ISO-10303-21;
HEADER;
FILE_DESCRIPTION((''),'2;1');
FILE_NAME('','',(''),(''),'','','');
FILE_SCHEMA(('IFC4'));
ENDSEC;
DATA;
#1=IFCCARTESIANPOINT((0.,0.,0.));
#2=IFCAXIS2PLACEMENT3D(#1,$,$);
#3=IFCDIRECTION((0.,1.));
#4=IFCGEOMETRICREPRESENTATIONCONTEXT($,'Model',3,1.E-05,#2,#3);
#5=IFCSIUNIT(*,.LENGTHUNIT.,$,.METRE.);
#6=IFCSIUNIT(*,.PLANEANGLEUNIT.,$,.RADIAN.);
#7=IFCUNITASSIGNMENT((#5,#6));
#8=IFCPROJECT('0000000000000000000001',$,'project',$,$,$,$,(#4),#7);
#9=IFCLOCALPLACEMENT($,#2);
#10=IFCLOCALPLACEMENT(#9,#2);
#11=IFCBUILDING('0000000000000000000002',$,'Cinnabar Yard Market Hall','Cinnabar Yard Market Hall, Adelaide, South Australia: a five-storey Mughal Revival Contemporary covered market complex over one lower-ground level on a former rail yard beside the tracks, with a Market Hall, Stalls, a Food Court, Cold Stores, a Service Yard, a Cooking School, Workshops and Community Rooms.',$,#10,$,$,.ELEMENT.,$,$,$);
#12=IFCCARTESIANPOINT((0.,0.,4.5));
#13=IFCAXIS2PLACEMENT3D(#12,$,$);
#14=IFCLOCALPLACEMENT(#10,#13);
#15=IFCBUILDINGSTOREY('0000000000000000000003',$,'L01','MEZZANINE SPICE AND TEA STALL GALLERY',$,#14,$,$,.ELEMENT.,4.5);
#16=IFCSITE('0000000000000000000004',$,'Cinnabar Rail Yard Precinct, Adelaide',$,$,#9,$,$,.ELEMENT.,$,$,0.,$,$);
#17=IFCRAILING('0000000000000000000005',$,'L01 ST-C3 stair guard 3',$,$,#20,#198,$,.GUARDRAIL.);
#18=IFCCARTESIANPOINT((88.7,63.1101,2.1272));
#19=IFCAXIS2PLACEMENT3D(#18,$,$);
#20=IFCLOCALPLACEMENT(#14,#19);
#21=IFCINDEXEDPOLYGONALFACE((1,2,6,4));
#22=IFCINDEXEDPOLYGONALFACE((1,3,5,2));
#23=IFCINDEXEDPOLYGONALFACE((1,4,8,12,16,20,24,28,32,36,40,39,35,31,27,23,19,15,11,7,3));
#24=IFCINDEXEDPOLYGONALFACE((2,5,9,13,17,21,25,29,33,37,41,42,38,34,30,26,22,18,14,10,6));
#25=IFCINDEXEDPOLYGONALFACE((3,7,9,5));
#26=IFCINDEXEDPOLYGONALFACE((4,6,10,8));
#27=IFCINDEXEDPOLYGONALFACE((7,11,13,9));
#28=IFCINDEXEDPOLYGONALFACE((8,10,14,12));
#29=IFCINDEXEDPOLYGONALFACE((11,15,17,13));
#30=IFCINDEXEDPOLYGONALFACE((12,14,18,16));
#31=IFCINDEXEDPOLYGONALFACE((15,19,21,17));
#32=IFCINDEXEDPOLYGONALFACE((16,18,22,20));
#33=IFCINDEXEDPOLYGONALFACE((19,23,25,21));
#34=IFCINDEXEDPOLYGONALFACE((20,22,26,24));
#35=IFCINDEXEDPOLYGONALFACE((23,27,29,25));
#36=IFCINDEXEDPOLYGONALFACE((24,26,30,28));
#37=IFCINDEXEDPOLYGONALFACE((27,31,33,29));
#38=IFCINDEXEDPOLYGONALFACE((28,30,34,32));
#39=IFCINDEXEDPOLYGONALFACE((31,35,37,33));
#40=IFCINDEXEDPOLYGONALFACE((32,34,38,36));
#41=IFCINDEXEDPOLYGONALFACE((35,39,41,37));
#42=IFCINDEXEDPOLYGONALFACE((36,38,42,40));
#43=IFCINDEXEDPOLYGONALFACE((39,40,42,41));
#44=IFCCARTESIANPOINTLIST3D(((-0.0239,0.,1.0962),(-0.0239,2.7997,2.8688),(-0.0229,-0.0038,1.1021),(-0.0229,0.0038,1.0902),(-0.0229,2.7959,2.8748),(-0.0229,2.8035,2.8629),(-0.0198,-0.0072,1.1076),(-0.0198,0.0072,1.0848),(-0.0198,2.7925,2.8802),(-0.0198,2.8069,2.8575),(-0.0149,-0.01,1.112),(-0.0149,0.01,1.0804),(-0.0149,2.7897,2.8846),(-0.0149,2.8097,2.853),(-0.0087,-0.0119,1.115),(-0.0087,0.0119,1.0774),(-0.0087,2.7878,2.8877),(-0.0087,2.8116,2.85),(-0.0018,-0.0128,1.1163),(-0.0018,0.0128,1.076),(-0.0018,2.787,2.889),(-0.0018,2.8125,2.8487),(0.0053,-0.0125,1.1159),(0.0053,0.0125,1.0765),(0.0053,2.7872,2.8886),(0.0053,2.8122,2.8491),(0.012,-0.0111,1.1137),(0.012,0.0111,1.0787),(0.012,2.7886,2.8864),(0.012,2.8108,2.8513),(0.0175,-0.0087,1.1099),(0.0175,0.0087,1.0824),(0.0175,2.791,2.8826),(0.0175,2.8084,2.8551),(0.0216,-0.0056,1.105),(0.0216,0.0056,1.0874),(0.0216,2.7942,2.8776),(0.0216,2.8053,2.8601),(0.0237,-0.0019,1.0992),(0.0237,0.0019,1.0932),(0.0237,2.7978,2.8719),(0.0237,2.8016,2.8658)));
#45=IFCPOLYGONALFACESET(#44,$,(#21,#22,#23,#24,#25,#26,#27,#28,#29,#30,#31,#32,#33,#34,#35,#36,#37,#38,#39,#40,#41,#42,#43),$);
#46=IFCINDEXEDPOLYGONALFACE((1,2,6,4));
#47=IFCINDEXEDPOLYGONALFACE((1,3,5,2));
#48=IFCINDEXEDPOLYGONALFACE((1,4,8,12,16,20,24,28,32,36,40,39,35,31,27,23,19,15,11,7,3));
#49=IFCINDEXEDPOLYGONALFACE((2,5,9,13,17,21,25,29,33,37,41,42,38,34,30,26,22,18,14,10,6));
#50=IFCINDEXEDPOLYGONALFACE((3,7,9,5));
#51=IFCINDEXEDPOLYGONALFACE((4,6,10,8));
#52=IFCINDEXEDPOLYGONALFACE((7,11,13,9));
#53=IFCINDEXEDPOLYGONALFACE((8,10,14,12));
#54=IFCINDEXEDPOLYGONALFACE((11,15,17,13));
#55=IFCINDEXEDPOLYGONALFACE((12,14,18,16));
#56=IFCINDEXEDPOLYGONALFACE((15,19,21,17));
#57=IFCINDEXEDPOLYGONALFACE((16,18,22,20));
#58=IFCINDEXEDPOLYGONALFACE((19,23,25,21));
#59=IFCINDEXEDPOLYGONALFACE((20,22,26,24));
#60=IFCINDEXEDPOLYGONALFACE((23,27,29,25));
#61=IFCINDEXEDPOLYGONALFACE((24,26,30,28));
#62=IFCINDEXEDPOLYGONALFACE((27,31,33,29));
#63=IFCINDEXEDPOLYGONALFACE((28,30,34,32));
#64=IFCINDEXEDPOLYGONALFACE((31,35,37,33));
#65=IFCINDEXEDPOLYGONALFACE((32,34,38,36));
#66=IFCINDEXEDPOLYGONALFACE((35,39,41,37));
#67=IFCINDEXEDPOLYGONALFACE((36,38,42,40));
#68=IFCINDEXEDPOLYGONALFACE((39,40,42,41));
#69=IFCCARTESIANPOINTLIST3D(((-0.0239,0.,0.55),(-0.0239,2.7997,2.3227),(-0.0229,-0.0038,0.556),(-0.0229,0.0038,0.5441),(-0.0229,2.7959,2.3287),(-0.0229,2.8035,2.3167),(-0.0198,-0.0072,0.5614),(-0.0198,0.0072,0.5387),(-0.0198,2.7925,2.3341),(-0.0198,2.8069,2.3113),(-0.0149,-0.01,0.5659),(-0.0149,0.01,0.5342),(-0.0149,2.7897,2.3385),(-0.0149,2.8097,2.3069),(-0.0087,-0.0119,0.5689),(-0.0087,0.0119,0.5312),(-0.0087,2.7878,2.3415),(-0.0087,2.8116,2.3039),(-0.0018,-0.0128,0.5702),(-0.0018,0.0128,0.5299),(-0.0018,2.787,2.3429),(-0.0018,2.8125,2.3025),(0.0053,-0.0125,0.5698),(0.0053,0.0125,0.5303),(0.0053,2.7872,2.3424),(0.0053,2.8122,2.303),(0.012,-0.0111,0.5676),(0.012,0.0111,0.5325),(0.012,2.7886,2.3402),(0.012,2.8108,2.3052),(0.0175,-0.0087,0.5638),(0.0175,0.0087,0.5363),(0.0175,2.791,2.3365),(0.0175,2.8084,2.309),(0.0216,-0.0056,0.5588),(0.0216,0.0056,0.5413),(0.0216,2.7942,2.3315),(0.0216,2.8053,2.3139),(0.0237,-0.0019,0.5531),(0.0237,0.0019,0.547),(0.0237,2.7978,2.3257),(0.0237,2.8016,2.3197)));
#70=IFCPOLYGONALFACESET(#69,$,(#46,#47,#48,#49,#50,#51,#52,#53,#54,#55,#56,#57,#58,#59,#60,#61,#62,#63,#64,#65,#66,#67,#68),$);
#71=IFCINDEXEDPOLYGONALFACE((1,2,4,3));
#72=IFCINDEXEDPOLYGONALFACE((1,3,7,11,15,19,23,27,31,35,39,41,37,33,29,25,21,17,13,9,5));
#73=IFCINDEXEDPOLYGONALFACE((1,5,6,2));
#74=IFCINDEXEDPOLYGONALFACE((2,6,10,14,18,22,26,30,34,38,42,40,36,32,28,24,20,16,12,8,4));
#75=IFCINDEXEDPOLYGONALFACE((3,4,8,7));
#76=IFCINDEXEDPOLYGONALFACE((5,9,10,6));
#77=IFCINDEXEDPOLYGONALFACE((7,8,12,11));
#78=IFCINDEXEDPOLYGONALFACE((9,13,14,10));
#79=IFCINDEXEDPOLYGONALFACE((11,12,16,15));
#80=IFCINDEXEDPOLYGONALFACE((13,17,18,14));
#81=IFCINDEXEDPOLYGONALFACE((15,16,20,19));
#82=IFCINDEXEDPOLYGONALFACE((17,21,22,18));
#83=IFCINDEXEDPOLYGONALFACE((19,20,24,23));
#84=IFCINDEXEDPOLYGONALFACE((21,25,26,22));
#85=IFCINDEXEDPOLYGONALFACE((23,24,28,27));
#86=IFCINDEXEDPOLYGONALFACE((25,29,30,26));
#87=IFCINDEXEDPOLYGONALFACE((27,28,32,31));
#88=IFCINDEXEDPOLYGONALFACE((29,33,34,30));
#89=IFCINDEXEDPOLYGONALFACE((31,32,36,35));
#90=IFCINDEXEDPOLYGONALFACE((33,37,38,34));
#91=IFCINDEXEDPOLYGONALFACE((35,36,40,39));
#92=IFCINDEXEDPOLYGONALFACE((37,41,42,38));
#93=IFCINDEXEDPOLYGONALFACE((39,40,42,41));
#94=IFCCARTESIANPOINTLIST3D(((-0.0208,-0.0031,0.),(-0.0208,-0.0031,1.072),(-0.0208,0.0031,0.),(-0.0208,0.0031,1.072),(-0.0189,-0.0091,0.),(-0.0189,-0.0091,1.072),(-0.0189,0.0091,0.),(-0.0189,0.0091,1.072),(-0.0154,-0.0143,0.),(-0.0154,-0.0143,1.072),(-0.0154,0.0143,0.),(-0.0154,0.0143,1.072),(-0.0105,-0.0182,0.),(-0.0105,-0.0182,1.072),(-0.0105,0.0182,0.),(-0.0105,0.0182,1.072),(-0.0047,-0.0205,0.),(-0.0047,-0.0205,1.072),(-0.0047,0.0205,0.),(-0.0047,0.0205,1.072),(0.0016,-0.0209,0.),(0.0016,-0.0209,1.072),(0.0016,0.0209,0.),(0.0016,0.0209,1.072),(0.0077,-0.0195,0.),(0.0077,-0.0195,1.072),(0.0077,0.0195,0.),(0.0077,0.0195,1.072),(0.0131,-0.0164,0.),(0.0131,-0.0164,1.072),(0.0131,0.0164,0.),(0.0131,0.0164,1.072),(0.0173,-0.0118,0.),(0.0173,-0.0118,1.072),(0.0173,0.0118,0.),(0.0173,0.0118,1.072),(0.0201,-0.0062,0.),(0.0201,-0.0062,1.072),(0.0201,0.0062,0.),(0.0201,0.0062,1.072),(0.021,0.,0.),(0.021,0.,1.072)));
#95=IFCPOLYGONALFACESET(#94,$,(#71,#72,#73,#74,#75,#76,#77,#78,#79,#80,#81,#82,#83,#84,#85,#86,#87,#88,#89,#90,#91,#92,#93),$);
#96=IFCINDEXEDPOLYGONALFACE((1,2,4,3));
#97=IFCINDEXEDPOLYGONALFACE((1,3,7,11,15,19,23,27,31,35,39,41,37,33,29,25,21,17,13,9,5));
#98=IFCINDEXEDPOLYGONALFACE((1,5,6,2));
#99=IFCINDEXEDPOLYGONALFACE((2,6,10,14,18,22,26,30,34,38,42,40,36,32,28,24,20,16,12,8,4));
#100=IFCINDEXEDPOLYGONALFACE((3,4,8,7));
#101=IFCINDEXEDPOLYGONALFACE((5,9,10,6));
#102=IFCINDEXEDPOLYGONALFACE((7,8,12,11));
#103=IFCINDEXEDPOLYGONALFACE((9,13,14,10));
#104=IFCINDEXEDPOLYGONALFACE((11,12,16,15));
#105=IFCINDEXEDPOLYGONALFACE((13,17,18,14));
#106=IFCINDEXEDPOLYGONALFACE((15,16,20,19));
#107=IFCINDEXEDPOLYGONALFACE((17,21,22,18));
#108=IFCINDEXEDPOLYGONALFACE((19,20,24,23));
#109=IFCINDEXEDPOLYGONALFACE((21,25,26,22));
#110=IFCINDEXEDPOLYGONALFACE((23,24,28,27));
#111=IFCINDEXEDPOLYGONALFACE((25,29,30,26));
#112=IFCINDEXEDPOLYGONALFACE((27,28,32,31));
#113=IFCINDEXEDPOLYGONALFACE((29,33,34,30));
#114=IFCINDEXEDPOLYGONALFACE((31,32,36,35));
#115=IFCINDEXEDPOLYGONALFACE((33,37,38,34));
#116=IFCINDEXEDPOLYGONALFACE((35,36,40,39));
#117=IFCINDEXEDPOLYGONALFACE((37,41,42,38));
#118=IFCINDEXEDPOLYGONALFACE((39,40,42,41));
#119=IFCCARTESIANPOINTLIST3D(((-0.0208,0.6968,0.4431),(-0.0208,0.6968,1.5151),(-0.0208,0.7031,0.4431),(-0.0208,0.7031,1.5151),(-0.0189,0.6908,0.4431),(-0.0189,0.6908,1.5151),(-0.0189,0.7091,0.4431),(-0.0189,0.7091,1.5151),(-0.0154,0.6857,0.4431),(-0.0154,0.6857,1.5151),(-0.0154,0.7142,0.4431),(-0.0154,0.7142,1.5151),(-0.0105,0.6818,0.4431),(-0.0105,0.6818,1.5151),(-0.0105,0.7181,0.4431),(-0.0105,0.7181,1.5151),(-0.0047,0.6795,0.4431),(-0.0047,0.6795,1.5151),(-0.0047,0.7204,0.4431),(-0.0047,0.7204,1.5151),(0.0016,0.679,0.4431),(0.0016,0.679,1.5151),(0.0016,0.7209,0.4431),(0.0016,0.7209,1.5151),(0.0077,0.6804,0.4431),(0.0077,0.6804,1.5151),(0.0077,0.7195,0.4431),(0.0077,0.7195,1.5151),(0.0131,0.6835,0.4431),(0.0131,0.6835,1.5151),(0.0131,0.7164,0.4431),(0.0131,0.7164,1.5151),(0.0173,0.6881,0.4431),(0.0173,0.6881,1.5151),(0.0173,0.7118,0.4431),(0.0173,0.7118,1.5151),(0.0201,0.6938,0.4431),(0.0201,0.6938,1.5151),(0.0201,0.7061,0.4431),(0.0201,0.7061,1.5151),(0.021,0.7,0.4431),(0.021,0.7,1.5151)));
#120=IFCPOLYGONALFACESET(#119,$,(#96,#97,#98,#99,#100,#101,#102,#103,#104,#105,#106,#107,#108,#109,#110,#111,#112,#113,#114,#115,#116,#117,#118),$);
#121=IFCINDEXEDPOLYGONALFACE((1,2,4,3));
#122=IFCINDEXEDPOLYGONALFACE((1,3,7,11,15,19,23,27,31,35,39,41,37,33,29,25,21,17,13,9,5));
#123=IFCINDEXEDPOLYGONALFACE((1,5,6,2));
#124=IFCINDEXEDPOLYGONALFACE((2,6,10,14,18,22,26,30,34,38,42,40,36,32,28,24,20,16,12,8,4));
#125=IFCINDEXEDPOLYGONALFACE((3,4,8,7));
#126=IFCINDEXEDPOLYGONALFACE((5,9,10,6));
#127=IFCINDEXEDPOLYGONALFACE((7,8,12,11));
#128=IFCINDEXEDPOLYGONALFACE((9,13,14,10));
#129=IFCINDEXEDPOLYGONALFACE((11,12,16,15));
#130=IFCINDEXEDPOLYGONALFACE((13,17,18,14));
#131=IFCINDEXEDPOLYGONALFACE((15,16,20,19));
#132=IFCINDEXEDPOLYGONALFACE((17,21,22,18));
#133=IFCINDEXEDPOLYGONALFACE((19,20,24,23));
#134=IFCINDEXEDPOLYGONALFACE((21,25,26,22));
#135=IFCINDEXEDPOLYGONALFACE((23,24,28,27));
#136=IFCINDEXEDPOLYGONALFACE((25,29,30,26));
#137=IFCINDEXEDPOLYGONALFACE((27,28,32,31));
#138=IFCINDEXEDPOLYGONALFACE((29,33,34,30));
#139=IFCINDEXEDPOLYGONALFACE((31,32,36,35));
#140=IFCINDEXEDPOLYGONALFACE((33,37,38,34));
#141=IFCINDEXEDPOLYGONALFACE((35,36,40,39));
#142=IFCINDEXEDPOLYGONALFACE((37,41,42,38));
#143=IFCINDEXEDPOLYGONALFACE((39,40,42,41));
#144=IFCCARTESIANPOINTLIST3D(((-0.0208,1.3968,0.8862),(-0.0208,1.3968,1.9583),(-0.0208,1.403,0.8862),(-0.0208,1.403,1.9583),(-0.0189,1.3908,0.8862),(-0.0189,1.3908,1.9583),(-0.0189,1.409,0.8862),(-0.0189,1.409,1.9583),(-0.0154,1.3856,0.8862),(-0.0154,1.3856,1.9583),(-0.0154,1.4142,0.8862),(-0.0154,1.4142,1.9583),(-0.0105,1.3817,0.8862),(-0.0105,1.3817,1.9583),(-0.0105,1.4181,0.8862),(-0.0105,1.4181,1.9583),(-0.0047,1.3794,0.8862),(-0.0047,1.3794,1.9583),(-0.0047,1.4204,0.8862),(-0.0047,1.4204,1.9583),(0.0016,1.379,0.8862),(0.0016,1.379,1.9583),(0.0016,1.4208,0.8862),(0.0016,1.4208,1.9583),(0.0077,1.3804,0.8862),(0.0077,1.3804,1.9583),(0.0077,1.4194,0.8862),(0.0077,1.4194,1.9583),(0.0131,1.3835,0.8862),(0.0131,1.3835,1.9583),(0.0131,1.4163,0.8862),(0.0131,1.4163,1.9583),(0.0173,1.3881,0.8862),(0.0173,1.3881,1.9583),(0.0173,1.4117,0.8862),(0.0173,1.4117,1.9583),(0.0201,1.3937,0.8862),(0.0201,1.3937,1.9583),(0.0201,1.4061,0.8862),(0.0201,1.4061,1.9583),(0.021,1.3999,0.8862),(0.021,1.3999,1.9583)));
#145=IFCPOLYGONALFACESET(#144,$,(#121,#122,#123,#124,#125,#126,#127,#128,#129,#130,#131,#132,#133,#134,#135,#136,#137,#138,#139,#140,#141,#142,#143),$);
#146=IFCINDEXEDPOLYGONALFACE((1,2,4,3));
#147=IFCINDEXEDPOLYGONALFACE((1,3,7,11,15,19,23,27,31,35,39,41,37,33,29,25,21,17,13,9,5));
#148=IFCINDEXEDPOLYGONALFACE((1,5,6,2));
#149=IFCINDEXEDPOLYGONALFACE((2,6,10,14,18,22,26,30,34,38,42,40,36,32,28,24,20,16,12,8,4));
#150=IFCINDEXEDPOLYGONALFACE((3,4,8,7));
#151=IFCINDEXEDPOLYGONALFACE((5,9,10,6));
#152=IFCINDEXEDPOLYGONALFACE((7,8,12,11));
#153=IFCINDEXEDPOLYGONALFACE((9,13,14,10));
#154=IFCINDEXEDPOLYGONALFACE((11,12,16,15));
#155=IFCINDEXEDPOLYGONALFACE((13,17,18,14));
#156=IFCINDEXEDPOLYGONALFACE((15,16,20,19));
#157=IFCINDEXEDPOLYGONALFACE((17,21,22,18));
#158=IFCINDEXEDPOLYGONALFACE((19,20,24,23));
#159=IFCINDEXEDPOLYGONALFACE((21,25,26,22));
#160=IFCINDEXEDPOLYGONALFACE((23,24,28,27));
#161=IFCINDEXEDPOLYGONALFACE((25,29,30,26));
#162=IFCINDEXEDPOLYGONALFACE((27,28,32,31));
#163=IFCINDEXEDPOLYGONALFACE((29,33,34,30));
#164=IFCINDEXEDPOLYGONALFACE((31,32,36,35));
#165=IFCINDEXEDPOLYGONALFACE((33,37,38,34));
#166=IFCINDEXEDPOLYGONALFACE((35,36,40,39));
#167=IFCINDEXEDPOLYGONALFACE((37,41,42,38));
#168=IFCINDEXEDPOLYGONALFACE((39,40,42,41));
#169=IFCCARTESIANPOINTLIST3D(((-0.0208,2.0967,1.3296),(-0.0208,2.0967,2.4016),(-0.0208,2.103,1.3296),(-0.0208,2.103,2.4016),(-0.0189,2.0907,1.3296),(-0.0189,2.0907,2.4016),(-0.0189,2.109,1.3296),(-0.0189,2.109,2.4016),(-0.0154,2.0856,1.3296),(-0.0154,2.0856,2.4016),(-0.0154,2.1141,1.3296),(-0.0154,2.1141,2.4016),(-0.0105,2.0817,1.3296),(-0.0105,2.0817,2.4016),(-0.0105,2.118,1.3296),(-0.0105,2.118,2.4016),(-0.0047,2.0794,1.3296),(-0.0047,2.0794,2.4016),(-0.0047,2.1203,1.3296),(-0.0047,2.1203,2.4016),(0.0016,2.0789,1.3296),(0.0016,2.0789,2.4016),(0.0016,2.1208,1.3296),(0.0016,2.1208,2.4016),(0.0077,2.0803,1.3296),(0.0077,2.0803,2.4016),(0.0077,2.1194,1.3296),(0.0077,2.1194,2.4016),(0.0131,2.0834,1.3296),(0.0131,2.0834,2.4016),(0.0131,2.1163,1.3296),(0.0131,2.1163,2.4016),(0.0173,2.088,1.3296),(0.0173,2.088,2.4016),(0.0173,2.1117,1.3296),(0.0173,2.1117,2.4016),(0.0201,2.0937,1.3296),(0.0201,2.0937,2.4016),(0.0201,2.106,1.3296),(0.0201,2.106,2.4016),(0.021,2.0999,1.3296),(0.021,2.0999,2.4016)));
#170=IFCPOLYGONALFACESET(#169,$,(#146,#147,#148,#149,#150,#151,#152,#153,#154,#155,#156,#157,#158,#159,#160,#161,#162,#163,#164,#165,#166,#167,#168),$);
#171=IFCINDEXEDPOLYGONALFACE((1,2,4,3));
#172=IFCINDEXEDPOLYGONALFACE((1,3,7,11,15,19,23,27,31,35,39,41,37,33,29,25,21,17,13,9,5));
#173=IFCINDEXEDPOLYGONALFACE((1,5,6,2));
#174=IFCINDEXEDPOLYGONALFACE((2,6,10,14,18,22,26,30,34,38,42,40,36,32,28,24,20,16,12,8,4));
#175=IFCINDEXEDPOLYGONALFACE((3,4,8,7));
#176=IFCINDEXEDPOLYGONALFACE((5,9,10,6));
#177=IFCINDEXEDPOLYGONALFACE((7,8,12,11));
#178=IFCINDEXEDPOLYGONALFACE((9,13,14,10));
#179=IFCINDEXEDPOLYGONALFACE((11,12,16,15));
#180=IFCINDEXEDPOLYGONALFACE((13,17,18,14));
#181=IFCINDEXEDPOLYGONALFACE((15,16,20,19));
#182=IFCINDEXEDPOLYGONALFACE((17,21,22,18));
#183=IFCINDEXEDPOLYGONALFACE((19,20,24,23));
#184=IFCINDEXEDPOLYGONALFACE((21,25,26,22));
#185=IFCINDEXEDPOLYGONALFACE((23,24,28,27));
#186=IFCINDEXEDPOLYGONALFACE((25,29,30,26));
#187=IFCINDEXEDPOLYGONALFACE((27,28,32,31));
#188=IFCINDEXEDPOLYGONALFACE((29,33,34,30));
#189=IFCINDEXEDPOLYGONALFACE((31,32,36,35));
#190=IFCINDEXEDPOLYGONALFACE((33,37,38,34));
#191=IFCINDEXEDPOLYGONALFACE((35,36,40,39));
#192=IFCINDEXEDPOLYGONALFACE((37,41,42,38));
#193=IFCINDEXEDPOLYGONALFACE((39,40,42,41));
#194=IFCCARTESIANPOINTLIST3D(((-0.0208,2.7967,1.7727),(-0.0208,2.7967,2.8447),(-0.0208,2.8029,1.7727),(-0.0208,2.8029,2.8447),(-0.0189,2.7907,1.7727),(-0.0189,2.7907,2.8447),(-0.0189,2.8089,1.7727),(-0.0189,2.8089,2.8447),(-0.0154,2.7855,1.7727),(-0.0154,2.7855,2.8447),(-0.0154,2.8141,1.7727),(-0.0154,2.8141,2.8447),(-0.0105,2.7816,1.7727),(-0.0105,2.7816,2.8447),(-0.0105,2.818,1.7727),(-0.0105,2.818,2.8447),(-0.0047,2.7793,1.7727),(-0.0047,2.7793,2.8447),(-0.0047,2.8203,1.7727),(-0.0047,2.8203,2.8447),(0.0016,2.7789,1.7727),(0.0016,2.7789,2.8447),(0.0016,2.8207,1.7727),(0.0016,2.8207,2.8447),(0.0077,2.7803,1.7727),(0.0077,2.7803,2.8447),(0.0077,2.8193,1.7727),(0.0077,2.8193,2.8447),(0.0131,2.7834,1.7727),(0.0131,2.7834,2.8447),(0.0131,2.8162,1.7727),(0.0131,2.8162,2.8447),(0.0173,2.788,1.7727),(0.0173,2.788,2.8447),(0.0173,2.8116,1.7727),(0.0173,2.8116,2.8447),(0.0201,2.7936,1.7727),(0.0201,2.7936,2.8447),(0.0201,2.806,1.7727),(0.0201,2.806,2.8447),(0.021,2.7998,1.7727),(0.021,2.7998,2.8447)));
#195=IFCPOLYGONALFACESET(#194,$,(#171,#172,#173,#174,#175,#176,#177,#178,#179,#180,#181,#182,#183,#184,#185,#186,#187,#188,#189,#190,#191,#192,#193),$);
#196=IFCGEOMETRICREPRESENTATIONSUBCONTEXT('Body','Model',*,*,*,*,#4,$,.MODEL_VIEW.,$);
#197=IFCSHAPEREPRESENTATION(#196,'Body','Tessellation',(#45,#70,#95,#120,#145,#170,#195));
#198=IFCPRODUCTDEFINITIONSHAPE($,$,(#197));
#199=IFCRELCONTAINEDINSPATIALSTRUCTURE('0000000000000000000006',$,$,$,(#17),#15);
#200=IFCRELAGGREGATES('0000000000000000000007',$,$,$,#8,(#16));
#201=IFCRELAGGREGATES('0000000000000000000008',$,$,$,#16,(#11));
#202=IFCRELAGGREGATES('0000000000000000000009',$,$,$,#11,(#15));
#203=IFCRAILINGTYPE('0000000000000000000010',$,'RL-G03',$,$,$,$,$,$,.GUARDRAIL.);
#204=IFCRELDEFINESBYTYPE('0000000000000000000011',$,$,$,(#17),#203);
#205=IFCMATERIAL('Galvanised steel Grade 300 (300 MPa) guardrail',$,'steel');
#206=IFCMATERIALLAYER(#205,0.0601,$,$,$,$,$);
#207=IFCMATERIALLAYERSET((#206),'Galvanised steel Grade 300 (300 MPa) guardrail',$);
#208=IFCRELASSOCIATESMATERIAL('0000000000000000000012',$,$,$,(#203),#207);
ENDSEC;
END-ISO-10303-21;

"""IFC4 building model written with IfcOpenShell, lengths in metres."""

from ifc_helpers import new_model, si_unit, direction, frame, origin, origin_2d_with_axis, place, context, subcontext, project, spatial, circle, extrude, material, layer, layer_set, type_object, element, save


model = new_model("IFC4")

# Units and contexts
model_context = context("Model", 3, precision=1e-05, world=origin(), true_north=direction((0.0, 1.0)))
body_context = subcontext(model_context, "Body", "Model", "MODEL_VIEW")
ifc_project = project(units=[si_unit("LENGTHUNIT", "METRE"), si_unit("PLANEANGLEUNIT", "RADIAN")], contexts=[model_context])

# Site, building, storey
site_placement = place(None, origin())
site = spatial("IfcSite", under=ifc_project, at=site_placement, Name="Cinnabar Rail Yard Precinct, Adelaide", CompositionType="ELEMENT", RefElevation=0.0)
building_placement = place(site_placement, origin())
building = spatial("IfcBuilding", under=site, at=building_placement, Name="Cinnabar Yard Market Hall", Description="Cinnabar Yard Market Hall, Adelaide, South Australia: a five-storey Mughal Revival Contemporary covered market complex over one lower-ground level on a former rail yard beside the tracks, with a Market Hall, Stalls, a Food Court, Cold Stores, a Service Yard, a Cooking School, Workshops and Community Rooms.", CompositionType="ELEMENT")
storey_placement = place(building_placement, frame((0.0, 0.0, 4.5)))
storey = spatial("IfcBuildingStorey", under=building, at=storey_placement, Name="L01", Description="MEZZANINE SPICE AND TEA STALL GALLERY", CompositionType="ELEMENT", Elevation=4.5)

# Railing
ifc_material_1 = material(Name="Galvanised steel Grade 300 (300 MPa) guardrail", Category="steel")
ifc_layer_1 = layer(ifc_material_1, 0.0601)
ifc_layer_set_1 = layer_set([ifc_layer_1], Name="Galvanised steel Grade 300 (300 MPa) guardrail")
railing_type_1 = type_object("IfcRailingType", Name="RL-G03", PredefinedType="GUARDRAIL", material=ifc_layer_set_1)
railing_1_placement = place(storey_placement, frame((88.7, 63.1101, 2.1272)))
element("IfcRailing", 1, at=railing_1_placement, inside=storey, type_object=railing_type_1, Name="L01 ST-C3 stair guard 3", PredefinedType="GUARDRAIL", context=body_context, shape_type="SweptSolid", body=[
    extrude(circle(Radius=0.0239, at=origin_2d_with_axis()), frame((0.0, 0.0, 1.0962), z_axis=(0.0, 0.844888, 0.534943), x_axis=(-1.0, 0.0, 0.0)), (0.0, 0.0, 1.0), 3.3137),
    extrude(circle(Radius=0.0239, at=origin_2d_with_axis()), frame((0.0, 0.0, 0.55), z_axis=(0.0, 0.844888, 0.534943), x_axis=(-1.0, 0.0, 0.0)), (0.0, 0.0, 1.0), 3.3137),
    extrude(circle(Radius=0.021, at=origin_2d_with_axis()), origin(), (0.0, 0.0, 1.0), 1.072),
    extrude(circle(Radius=0.021, at=origin_2d_with_axis()), frame((0.0, 0.7, 0.4431)), (0.0, 0.0, 1.0), 1.072),
    extrude(circle(Radius=0.021, at=origin_2d_with_axis()), frame((0.0, 1.3999, 0.8862)), (0.0, 0.0, 1.0), 1.072),
    extrude(circle(Radius=0.021, at=origin_2d_with_axis()), frame((0.0, 2.0999, 1.3296)), (0.0, 0.0, 1.0), 1.072),
    extrude(circle(Radius=0.021, at=origin_2d_with_axis()), frame((0.0, 2.7998, 1.7727)), (0.0, 0.0, 1.0), 1.072),
])

save(model, "model.ifc")
